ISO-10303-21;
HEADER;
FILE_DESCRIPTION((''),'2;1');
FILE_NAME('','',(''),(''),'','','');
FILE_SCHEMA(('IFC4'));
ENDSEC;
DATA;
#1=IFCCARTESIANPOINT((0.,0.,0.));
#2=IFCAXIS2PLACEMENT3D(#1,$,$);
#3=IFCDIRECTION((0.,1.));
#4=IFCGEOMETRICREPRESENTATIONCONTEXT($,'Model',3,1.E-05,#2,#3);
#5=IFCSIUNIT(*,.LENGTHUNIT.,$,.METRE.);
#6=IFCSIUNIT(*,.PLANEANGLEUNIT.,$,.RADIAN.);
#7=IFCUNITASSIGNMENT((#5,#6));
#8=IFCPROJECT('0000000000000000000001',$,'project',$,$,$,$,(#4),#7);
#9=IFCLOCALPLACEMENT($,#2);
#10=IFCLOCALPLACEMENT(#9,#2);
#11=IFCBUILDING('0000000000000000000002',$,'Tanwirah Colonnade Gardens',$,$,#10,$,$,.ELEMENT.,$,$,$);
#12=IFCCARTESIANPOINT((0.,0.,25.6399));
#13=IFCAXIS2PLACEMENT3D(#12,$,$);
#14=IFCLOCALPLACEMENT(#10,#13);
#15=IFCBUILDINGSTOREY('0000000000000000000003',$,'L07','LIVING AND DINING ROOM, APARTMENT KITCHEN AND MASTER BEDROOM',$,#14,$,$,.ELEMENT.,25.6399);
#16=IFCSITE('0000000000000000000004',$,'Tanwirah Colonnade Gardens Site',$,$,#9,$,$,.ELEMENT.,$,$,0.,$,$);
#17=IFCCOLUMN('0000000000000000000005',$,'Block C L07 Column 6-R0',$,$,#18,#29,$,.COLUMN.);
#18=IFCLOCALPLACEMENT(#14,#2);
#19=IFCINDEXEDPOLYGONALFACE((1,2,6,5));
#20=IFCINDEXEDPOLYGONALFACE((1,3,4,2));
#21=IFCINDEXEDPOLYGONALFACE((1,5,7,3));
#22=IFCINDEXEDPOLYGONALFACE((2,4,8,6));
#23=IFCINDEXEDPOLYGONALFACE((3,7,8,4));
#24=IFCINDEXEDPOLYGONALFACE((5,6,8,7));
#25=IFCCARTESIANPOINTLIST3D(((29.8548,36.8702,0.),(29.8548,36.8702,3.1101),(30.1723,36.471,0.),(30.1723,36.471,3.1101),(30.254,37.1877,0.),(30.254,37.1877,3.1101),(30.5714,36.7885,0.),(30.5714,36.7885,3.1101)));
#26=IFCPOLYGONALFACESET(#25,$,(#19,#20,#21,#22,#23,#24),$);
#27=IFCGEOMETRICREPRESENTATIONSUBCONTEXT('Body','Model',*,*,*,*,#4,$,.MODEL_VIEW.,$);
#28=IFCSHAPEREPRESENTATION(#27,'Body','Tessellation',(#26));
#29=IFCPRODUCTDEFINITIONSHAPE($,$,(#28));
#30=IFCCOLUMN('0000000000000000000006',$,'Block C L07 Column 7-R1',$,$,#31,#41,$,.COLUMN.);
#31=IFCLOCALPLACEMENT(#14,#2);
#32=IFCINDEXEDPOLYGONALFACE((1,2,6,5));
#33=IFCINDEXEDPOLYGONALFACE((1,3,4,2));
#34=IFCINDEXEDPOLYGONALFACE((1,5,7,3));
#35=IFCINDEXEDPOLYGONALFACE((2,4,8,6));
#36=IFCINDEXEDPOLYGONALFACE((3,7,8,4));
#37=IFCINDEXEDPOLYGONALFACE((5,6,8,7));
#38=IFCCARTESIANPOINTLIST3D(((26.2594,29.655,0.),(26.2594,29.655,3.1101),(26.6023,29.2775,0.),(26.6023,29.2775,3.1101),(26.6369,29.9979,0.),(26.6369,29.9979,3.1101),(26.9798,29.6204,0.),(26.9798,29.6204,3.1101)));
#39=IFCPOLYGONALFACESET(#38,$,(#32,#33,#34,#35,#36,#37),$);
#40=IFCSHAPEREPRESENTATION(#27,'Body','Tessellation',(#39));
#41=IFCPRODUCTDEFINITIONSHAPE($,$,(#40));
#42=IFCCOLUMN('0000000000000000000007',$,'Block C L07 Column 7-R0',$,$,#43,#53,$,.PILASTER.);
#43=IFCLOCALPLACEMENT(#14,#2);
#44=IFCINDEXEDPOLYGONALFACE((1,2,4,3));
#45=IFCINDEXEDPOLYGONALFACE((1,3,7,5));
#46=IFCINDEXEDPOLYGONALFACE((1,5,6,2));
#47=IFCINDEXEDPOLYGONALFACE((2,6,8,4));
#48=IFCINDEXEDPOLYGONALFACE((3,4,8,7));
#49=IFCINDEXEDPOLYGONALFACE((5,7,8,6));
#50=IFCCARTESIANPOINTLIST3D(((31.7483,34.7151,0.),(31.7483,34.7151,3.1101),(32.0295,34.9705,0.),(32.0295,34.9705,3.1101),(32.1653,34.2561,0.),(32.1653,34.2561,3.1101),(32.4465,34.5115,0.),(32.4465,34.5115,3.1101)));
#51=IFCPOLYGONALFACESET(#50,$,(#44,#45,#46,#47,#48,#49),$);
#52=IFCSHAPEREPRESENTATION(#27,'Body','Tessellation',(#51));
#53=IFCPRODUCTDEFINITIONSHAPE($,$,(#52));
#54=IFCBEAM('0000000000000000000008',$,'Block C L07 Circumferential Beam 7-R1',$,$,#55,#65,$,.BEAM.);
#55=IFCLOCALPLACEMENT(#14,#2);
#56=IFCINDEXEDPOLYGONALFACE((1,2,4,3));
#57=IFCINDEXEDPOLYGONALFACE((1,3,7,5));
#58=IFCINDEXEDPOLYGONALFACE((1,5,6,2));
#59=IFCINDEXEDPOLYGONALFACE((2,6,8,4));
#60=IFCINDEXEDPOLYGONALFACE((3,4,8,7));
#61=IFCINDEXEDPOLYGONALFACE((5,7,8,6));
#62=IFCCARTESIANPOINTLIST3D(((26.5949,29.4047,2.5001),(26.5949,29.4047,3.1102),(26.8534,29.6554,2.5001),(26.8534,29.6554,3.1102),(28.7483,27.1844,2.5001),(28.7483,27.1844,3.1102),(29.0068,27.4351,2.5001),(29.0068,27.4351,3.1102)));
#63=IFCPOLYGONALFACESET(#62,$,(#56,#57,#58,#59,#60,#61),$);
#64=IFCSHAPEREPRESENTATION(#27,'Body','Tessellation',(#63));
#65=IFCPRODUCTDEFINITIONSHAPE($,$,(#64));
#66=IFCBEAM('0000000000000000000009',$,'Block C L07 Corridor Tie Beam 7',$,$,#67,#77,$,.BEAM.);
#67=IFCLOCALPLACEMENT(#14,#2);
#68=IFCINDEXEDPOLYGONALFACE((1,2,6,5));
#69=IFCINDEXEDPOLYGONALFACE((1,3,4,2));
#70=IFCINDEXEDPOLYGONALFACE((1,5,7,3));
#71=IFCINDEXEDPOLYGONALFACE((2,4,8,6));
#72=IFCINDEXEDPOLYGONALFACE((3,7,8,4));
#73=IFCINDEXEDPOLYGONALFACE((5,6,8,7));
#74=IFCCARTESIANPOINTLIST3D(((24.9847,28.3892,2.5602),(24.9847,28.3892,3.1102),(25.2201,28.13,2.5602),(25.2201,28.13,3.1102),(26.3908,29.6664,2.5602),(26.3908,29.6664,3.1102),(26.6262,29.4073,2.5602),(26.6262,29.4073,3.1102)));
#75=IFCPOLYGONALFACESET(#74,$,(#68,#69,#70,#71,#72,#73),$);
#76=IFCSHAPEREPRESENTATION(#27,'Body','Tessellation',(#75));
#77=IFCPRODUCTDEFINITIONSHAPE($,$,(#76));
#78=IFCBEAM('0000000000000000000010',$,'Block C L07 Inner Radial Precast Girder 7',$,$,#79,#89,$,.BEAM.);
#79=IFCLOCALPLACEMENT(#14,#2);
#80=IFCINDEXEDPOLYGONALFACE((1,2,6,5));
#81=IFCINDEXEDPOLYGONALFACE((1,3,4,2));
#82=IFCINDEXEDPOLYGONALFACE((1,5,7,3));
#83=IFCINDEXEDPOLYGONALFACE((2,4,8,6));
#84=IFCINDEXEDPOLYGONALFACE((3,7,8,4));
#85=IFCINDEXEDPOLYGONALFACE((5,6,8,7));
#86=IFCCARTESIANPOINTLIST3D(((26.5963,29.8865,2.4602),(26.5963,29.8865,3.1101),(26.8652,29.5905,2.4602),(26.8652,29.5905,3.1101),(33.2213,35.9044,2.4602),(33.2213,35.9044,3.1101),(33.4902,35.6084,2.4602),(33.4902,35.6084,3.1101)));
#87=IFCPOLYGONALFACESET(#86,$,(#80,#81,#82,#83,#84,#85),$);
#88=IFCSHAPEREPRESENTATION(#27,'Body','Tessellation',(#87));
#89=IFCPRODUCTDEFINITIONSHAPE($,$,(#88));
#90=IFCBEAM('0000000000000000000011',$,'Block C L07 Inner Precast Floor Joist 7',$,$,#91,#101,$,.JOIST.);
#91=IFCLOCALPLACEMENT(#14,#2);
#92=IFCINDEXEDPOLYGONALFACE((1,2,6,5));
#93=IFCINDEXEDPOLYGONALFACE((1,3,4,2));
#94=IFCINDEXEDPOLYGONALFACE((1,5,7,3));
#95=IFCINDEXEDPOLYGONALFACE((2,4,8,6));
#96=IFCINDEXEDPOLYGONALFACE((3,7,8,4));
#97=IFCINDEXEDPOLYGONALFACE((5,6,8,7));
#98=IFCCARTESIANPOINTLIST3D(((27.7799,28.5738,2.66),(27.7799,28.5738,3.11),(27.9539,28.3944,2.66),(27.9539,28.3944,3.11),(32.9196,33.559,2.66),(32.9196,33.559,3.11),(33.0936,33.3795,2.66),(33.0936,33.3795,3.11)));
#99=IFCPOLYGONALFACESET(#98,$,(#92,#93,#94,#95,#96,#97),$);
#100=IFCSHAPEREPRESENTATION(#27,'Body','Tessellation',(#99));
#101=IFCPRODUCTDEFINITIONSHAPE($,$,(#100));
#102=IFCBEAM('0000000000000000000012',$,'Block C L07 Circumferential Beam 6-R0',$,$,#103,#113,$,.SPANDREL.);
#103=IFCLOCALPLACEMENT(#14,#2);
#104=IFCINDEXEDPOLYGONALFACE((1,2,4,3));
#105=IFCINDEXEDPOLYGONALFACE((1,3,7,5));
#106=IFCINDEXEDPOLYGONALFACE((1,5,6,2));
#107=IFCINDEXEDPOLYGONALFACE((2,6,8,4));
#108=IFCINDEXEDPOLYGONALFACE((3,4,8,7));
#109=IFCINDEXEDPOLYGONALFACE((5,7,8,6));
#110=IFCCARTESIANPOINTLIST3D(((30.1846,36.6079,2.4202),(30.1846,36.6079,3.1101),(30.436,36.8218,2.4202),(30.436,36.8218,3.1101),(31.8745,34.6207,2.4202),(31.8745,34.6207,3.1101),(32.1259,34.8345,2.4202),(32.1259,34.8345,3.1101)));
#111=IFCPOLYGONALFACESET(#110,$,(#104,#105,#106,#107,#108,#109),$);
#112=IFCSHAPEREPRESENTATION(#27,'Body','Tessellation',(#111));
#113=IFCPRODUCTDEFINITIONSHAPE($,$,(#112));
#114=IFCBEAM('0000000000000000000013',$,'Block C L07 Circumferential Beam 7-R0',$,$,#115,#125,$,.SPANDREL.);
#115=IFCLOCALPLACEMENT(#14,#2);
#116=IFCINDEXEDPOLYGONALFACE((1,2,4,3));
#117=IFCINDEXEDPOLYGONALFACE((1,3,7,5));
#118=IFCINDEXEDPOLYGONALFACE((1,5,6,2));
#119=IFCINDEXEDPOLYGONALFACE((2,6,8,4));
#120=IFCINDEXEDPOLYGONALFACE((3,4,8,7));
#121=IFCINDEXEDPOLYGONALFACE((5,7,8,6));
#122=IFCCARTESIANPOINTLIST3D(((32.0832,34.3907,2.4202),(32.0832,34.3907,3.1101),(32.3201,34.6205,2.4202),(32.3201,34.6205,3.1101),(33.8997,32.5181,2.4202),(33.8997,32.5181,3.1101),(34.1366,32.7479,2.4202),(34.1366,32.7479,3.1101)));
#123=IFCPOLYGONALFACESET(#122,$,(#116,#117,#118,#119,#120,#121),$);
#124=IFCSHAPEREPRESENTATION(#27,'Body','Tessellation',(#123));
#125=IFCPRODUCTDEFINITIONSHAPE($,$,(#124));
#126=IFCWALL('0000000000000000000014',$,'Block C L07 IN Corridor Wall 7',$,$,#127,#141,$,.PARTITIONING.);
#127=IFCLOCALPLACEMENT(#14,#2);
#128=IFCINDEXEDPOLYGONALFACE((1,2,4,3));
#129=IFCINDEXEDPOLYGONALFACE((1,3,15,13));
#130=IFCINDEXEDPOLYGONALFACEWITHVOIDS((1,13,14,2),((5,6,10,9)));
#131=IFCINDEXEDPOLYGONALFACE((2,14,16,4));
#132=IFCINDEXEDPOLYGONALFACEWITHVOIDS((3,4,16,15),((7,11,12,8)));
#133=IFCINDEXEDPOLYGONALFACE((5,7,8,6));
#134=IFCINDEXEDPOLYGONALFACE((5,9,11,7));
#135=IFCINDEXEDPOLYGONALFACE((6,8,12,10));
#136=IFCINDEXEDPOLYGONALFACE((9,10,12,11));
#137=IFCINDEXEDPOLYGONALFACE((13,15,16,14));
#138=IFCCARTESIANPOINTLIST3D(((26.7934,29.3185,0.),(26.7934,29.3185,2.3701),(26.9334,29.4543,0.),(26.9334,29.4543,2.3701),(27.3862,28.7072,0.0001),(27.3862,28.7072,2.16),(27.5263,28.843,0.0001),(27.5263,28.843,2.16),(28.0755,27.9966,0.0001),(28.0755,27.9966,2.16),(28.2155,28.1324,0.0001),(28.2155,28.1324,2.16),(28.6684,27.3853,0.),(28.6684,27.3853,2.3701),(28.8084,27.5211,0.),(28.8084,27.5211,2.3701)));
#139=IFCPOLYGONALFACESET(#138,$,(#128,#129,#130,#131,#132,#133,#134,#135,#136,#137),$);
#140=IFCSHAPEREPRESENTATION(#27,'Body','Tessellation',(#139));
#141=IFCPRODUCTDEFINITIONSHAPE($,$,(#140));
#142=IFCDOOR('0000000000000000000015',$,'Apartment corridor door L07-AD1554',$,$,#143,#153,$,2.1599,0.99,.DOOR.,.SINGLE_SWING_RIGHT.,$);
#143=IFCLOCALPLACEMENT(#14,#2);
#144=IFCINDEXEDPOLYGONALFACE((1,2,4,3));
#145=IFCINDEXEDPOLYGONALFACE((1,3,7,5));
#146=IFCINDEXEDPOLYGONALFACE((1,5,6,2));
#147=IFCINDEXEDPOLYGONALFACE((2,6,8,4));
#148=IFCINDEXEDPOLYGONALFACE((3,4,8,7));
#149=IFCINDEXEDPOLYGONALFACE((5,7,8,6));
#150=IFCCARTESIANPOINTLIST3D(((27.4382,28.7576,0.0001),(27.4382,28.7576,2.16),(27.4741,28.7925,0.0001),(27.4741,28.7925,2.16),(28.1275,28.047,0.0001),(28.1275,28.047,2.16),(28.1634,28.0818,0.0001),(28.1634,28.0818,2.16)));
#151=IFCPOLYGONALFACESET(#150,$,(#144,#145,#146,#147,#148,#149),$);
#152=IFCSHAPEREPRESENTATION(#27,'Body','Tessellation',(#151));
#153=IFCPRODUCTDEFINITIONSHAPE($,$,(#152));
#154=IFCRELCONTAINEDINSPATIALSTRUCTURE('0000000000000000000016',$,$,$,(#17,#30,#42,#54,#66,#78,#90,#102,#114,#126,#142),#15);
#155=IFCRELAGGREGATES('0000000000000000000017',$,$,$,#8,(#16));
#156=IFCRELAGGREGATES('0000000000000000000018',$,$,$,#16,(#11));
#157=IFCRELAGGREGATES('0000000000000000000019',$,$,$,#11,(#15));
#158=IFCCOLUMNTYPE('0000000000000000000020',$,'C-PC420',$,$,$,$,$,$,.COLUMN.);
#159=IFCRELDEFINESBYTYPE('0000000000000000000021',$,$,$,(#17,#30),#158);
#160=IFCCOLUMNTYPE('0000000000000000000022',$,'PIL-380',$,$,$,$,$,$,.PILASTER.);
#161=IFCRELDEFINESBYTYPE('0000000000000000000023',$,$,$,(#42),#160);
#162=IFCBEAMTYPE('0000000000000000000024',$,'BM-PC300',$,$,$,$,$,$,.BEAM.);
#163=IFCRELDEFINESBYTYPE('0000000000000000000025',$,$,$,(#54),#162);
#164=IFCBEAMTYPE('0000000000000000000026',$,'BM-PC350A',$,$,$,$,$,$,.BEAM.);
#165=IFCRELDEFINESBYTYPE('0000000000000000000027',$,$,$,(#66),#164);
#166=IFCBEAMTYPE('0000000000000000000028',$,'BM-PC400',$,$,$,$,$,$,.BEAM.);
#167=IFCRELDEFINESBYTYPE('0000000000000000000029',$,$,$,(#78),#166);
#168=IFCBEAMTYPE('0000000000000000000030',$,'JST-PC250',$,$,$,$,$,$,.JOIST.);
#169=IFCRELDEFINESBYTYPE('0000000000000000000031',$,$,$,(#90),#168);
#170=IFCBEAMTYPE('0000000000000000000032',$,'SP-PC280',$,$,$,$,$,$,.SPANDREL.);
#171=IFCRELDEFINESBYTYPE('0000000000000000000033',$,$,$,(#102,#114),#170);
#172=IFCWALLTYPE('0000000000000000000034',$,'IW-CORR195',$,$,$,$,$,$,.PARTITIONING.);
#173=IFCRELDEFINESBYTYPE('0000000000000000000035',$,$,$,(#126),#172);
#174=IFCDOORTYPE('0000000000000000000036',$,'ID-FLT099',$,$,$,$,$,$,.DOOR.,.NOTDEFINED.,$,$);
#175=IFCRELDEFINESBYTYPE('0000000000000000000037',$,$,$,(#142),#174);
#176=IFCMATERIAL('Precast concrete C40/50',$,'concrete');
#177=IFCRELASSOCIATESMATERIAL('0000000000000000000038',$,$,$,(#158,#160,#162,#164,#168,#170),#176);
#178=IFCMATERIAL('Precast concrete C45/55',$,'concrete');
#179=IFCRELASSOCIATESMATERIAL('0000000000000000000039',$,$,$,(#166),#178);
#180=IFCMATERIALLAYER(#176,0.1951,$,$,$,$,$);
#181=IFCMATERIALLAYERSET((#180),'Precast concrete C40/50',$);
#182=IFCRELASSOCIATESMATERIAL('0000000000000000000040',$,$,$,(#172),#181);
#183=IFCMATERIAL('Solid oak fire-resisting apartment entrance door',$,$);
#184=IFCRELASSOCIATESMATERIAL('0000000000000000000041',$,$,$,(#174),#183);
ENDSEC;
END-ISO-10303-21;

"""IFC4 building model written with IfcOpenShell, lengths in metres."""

from ifc_helpers import new_model, si_unit, direction, frame, frame_2d, origin, origin_2d, place, context, subcontext, project, spatial, rectangle, extrude, material, layer, layer_set, material_profile, profile_set, type_object, element, fill, save


model = new_model("IFC4")

# Units and contexts
model_context = context("Model", 3, precision=1e-05, world=origin(), true_north=direction((0.0, 1.0)))
body_context = subcontext(model_context, "Body", "Model", "MODEL_VIEW")
ifc_project = project(units=[si_unit("LENGTHUNIT", "METRE"), si_unit("PLANEANGLEUNIT", "RADIAN")], contexts=[model_context])

# Site, building, storey
site_placement = place(None, origin())
site = spatial("IfcSite", under=ifc_project, at=site_placement, Name="Tanwirah Colonnade Gardens Site", CompositionType="ELEMENT", RefElevation=0.0)
building_placement = place(site_placement, origin())
building = spatial("IfcBuilding", under=site, at=building_placement, Name="Tanwirah Colonnade Gardens", CompositionType="ELEMENT")
storey_placement = place(building_placement, frame((0.0, 0.0, 25.6399)))
storey = spatial("IfcBuildingStorey", under=building, at=storey_placement, Name="L07", Description="LIVING AND DINING ROOM, APARTMENT KITCHEN AND MASTER BEDROOM", CompositionType="ELEMENT", Elevation=25.6399)

# Columns
ifc_material_1 = material(Name="Precast concrete C40/50", Category="concrete")
ifc_material_profile_1 = material_profile(ifc_material_1, rectangle(XDim=0.51, YDim=0.51, at=origin_2d()), Name="PC-COL 510x510")
ifc_profile_set_1 = profile_set([ifc_material_profile_1], Name="Precast concrete C40/50")
column_type_1 = type_object("IfcColumnType", Name="C-PC420", PredefinedType="COLUMN", material=ifc_profile_set_1)
for number, where, z_axis, x_axis, name in (
    (1, (30.2131, 36.8293, 0.0), (0.0, 0.0, 1.0), (-0.782608, -0.622515, 0.0), "Block C L07 Column 6-R0"),
    (2, (26.6196, 29.6377, 0.0), (0.0, 0.0, 1.0), (-0.740218, -0.672367, 0.0), "Block C L07 Column 7-R1"),
):
    element("IfcColumn", number, at=place(storey_placement, frame(where, z_axis=z_axis, x_axis=x_axis)), inside=storey, type_object=column_type_1, Name=name, PredefinedType="COLUMN", context=body_context, shape_type="SweptSolid", body=[
        extrude(rectangle(XDim=0.51, YDim=0.51, at=origin_2d()), origin(), (0.0, 0.0, 1.0), 3.1101),
    ])
ifc_material_profile_2 = material_profile(ifc_material_1, rectangle(XDim=0.3799, YDim=0.6201, at=origin_2d()), Name="PC-PIL 380x620")
ifc_profile_set_2 = profile_set([ifc_material_profile_2], Name="Precast concrete C40/50")
column_type_2 = type_object("IfcColumnType", Name="PIL-380", PredefinedType="PILASTER", material=ifc_profile_set_2)
column_placement = place(storey_placement, frame((32.0974, 34.6133, 0.0), z_axis=(0.0, 0.0, 1.0), x_axis=(-0.740218, -0.672367, 0.0)))
element("IfcColumn", 3, at=column_placement, inside=storey, type_object=column_type_2, Name="Block C L07 Column 7-R0", PredefinedType="PILASTER", context=body_context, shape_type="SweptSolid", body=[
    extrude(rectangle(XDim=0.3799, YDim=0.6201, at=origin_2d()), origin(), (0.0, 0.0, 1.0), 3.1101),
])

# Beams
ifc_material_profile_3 = material_profile(ifc_material_1, rectangle(XDim=0.3601, YDim=0.6101, at=origin_2d()), Name="PC-BM 360x610")
ifc_profile_set_3 = profile_set([ifc_material_profile_3], Name="Precast concrete C40/50")
beam_type_1 = type_object("IfcBeamType", Name="BM-PC300", PredefinedType="BEAM", material=ifc_profile_set_3)
beam_1_placement = place(storey_placement, frame((26.7241, 29.53, 2.8052), z_axis=(0.69621, -0.717838, 0.0), x_axis=(0.717838, 0.69621, 0.0)))
element("IfcBeam", 4, at=beam_1_placement, inside=storey, type_object=beam_type_1, Name="Block C L07 Circumferential Beam 7-R1", PredefinedType="BEAM", context=body_context, shape_type="SweptSolid", body=[
    extrude(rectangle(XDim=0.3601, YDim=0.6101, at=origin_2d()), origin(), (0.0, 0.0, 1.0), 3.093),
])
ifc_material_profile_4 = material_profile(ifc_material_1, rectangle(XDim=0.3501, YDim=0.55, at=origin_2d()), Name="PC-BM 350x550")
ifc_profile_set_4 = profile_set([ifc_material_profile_4], Name="Precast concrete C40/50")
beam_type_2 = type_object("IfcBeamType", Name="BM-PC350A", PredefinedType="BEAM", material=ifc_profile_set_4)
beam_2_placement = place(storey_placement, frame((26.5085, 29.5369, 2.8352), z_axis=(-0.740219, -0.672366, 0.0), x_axis=(0.672366, -0.740219, 0.0)))
element("IfcBeam", 5, at=beam_2_placement, inside=storey, type_object=beam_type_2, Name="Block C L07 Corridor Tie Beam 7", PredefinedType="BEAM", context=body_context, shape_type="SweptSolid", body=[
    extrude(rectangle(XDim=0.3501, YDim=0.55, at=origin_2d()), origin(), (0.0, 0.0, 1.0), 1.8997),
])
ifc_material_2 = material(Name="Precast concrete C45/55", Category="concrete")
ifc_material_profile_5 = material_profile(ifc_material_2, rectangle(XDim=0.3999, YDim=0.6499, at=origin_2d()), Name="PC-BM 400x650")
ifc_profile_set_5 = profile_set([ifc_material_profile_5], Name="Precast concrete C45/55")
beam_type_3 = type_object("IfcBeamType", Name="BM-PC400", PredefinedType="BEAM", material=ifc_profile_set_5)
beam_3_placement = place(storey_placement, frame((26.7307, 29.7385, 2.7852), z_axis=(0.740213, 0.672373, 0.0), x_axis=(-0.672373, 0.740213, 0.0)))
element("IfcBeam", 6, at=beam_3_placement, inside=storey, type_object=beam_type_3, Name="Block C L07 Inner Radial Precast Girder 7", PredefinedType="BEAM", context=body_context, shape_type="SweptSolid", body=[
    extrude(rectangle(XDim=0.3999, YDim=0.6499, at=origin_2d()), origin(), (0.0, 0.0, 1.0), 8.9502),
])
ifc_material_profile_6 = material_profile(ifc_material_1, rectangle(XDim=0.25, YDim=0.45, at=origin_2d()), Name="PC-JST 250x450")
ifc_profile_set_6 = profile_set([ifc_material_profile_6], Name="Precast concrete C40/50")
beam_type_4 = type_object("IfcBeamType", Name="JST-PC250", PredefinedType="JOIST", material=ifc_profile_set_6)
beam_4_placement = place(storey_placement, frame((33.0066, 33.4692, 2.885), z_axis=(-0.717816, -0.696233, 0.0), x_axis=(0.696233, -0.717816, 0.0)))
element("IfcBeam", 7, at=beam_4_placement, inside=storey, type_object=beam_type_4, Name="Block C L07 Inner Precast Floor Joist 7", PredefinedType="JOIST", context=body_context, shape_type="SweptSolid", body=[
    extrude(rectangle(XDim=0.25, YDim=0.45, at=origin_2d()), origin(), (0.0, 0.0, 1.0), 7.1602),
])
ifc_material_profile_7 = material_profile(ifc_material_1, rectangle(XDim=0.3301, YDim=0.6899, at=origin_2d()), Name="PC-SP 330x690")
ifc_profile_set_7 = profile_set([ifc_material_profile_7], Name="Precast concrete C40/50")
beam_type_5 = type_object("IfcBeamType", Name="SP-PC280", PredefinedType="SPANDREL", material=ifc_profile_set_7)
beam_5_placement = place(storey_placement, frame((30.3103, 36.7148, 2.7651), z_axis=(0.647811, -0.761801, 0.0), x_axis=(0.761801, 0.647811, 0.0)))
element("IfcBeam", 8, at=beam_5_placement, inside=storey, type_object=beam_type_5, Name="Block C L07 Circumferential Beam 6-R0", PredefinedType="SPANDREL", context=body_context, shape_type="SweptSolid", body=[
    extrude(rectangle(XDim=0.3301, YDim=0.6899, at=origin_2d()), origin(), (0.0, 0.0, 1.0), 2.6086),
])
beam_6_placement = place(storey_placement, frame((32.2017, 34.5056, 2.7651), z_axis=(0.696263, -0.717787, 0.0), x_axis=(0.717787, 0.696263, 0.0)))
element("IfcBeam", 9, at=beam_6_placement, inside=storey, type_object=beam_type_5, Name="Block C L07 Circumferential Beam 7-R0", PredefinedType="SPANDREL", context=body_context, shape_type="SweptSolid", body=[
    extrude(rectangle(XDim=0.3301, YDim=0.6899, at=origin_2d()), origin(), (0.0, 0.0, 1.0), 2.6089),
])

# Wall, opening, door
ifc_layer_1 = layer(ifc_material_1, 0.1951)
ifc_layer_set_1 = layer_set([ifc_layer_1], Name="Precast concrete C40/50")
wall_type_1 = type_object("IfcWallType", Name="IW-CORR195", PredefinedType="PARTITIONING", material=ifc_layer_set_1)
wall_1_placement = place(storey_placement, frame((26.8633, 29.3865, 0.0), z_axis=(0.0, 0.0, 1.0), x_axis=(0.696236, -0.717813, 0.0)))
wall_1 = element("IfcWall", 10, at=wall_1_placement, inside=storey, type_object=wall_type_1, Name="Block C L07 IN Corridor Wall 7", PredefinedType="PARTITIONING", context=body_context, shape_type="SweptSolid", body=[
    extrude(rectangle(XDim=2.6931, YDim=0.1951, at=frame_2d((1.3467, 0.0))), origin(), (0.0, 0.0, 1.0), 2.3701),
])
opening_1_placement = place(wall_1_placement, frame((0.8516, 0.0, 0.0)))
opening_1 = element("IfcOpeningElement", 11, at=opening_1_placement, cuts=wall_1, PredefinedType="OPENING", context=body_context, shape_type="SweptSolid", body=[
    extrude(rectangle(XDim=0.99, YDim=2.1599, at=frame_2d((0.4951, 1.0801))), frame((0.0, 0.1074, 0.0), z_axis=(0.0, -1.0, 0.0), x_axis=(1.0, 0.0, 0.0)), (0.0, 0.0, 1.0), 0.2151),
])
ifc_material_3 = material(Name="Solid oak fire-resisting apartment entrance door")
door_type_1 = type_object("IfcDoorType", Name="ID-FLT099", OperationType="NOTDEFINED", PredefinedType="DOOR", material=ifc_material_3)
door_1_placement = place(opening_1_placement, origin())
door_1 = element("IfcDoor", 12, at=door_1_placement, inside=storey, type_object=door_type_1, Name="Apartment corridor door L07-AD1554", OperationType="SINGLE_SWING_RIGHT", OverallHeight=2.1599, OverallWidth=0.99, PredefinedType="DOOR", context=body_context, shape_type="SweptSolid", body=[
    extrude(rectangle(XDim=0.99, YDim=2.1599, at=frame_2d((0.4951, 1.0801))), frame((0.0, 0.0249, 0.0), z_axis=(0.0, -1.0, 0.0), x_axis=(1.0, 0.0, 0.0)), (0.0, 0.0, 1.0), 0.05),
])
fill(opening_1, door_1)

save(model, "model.ifc")
